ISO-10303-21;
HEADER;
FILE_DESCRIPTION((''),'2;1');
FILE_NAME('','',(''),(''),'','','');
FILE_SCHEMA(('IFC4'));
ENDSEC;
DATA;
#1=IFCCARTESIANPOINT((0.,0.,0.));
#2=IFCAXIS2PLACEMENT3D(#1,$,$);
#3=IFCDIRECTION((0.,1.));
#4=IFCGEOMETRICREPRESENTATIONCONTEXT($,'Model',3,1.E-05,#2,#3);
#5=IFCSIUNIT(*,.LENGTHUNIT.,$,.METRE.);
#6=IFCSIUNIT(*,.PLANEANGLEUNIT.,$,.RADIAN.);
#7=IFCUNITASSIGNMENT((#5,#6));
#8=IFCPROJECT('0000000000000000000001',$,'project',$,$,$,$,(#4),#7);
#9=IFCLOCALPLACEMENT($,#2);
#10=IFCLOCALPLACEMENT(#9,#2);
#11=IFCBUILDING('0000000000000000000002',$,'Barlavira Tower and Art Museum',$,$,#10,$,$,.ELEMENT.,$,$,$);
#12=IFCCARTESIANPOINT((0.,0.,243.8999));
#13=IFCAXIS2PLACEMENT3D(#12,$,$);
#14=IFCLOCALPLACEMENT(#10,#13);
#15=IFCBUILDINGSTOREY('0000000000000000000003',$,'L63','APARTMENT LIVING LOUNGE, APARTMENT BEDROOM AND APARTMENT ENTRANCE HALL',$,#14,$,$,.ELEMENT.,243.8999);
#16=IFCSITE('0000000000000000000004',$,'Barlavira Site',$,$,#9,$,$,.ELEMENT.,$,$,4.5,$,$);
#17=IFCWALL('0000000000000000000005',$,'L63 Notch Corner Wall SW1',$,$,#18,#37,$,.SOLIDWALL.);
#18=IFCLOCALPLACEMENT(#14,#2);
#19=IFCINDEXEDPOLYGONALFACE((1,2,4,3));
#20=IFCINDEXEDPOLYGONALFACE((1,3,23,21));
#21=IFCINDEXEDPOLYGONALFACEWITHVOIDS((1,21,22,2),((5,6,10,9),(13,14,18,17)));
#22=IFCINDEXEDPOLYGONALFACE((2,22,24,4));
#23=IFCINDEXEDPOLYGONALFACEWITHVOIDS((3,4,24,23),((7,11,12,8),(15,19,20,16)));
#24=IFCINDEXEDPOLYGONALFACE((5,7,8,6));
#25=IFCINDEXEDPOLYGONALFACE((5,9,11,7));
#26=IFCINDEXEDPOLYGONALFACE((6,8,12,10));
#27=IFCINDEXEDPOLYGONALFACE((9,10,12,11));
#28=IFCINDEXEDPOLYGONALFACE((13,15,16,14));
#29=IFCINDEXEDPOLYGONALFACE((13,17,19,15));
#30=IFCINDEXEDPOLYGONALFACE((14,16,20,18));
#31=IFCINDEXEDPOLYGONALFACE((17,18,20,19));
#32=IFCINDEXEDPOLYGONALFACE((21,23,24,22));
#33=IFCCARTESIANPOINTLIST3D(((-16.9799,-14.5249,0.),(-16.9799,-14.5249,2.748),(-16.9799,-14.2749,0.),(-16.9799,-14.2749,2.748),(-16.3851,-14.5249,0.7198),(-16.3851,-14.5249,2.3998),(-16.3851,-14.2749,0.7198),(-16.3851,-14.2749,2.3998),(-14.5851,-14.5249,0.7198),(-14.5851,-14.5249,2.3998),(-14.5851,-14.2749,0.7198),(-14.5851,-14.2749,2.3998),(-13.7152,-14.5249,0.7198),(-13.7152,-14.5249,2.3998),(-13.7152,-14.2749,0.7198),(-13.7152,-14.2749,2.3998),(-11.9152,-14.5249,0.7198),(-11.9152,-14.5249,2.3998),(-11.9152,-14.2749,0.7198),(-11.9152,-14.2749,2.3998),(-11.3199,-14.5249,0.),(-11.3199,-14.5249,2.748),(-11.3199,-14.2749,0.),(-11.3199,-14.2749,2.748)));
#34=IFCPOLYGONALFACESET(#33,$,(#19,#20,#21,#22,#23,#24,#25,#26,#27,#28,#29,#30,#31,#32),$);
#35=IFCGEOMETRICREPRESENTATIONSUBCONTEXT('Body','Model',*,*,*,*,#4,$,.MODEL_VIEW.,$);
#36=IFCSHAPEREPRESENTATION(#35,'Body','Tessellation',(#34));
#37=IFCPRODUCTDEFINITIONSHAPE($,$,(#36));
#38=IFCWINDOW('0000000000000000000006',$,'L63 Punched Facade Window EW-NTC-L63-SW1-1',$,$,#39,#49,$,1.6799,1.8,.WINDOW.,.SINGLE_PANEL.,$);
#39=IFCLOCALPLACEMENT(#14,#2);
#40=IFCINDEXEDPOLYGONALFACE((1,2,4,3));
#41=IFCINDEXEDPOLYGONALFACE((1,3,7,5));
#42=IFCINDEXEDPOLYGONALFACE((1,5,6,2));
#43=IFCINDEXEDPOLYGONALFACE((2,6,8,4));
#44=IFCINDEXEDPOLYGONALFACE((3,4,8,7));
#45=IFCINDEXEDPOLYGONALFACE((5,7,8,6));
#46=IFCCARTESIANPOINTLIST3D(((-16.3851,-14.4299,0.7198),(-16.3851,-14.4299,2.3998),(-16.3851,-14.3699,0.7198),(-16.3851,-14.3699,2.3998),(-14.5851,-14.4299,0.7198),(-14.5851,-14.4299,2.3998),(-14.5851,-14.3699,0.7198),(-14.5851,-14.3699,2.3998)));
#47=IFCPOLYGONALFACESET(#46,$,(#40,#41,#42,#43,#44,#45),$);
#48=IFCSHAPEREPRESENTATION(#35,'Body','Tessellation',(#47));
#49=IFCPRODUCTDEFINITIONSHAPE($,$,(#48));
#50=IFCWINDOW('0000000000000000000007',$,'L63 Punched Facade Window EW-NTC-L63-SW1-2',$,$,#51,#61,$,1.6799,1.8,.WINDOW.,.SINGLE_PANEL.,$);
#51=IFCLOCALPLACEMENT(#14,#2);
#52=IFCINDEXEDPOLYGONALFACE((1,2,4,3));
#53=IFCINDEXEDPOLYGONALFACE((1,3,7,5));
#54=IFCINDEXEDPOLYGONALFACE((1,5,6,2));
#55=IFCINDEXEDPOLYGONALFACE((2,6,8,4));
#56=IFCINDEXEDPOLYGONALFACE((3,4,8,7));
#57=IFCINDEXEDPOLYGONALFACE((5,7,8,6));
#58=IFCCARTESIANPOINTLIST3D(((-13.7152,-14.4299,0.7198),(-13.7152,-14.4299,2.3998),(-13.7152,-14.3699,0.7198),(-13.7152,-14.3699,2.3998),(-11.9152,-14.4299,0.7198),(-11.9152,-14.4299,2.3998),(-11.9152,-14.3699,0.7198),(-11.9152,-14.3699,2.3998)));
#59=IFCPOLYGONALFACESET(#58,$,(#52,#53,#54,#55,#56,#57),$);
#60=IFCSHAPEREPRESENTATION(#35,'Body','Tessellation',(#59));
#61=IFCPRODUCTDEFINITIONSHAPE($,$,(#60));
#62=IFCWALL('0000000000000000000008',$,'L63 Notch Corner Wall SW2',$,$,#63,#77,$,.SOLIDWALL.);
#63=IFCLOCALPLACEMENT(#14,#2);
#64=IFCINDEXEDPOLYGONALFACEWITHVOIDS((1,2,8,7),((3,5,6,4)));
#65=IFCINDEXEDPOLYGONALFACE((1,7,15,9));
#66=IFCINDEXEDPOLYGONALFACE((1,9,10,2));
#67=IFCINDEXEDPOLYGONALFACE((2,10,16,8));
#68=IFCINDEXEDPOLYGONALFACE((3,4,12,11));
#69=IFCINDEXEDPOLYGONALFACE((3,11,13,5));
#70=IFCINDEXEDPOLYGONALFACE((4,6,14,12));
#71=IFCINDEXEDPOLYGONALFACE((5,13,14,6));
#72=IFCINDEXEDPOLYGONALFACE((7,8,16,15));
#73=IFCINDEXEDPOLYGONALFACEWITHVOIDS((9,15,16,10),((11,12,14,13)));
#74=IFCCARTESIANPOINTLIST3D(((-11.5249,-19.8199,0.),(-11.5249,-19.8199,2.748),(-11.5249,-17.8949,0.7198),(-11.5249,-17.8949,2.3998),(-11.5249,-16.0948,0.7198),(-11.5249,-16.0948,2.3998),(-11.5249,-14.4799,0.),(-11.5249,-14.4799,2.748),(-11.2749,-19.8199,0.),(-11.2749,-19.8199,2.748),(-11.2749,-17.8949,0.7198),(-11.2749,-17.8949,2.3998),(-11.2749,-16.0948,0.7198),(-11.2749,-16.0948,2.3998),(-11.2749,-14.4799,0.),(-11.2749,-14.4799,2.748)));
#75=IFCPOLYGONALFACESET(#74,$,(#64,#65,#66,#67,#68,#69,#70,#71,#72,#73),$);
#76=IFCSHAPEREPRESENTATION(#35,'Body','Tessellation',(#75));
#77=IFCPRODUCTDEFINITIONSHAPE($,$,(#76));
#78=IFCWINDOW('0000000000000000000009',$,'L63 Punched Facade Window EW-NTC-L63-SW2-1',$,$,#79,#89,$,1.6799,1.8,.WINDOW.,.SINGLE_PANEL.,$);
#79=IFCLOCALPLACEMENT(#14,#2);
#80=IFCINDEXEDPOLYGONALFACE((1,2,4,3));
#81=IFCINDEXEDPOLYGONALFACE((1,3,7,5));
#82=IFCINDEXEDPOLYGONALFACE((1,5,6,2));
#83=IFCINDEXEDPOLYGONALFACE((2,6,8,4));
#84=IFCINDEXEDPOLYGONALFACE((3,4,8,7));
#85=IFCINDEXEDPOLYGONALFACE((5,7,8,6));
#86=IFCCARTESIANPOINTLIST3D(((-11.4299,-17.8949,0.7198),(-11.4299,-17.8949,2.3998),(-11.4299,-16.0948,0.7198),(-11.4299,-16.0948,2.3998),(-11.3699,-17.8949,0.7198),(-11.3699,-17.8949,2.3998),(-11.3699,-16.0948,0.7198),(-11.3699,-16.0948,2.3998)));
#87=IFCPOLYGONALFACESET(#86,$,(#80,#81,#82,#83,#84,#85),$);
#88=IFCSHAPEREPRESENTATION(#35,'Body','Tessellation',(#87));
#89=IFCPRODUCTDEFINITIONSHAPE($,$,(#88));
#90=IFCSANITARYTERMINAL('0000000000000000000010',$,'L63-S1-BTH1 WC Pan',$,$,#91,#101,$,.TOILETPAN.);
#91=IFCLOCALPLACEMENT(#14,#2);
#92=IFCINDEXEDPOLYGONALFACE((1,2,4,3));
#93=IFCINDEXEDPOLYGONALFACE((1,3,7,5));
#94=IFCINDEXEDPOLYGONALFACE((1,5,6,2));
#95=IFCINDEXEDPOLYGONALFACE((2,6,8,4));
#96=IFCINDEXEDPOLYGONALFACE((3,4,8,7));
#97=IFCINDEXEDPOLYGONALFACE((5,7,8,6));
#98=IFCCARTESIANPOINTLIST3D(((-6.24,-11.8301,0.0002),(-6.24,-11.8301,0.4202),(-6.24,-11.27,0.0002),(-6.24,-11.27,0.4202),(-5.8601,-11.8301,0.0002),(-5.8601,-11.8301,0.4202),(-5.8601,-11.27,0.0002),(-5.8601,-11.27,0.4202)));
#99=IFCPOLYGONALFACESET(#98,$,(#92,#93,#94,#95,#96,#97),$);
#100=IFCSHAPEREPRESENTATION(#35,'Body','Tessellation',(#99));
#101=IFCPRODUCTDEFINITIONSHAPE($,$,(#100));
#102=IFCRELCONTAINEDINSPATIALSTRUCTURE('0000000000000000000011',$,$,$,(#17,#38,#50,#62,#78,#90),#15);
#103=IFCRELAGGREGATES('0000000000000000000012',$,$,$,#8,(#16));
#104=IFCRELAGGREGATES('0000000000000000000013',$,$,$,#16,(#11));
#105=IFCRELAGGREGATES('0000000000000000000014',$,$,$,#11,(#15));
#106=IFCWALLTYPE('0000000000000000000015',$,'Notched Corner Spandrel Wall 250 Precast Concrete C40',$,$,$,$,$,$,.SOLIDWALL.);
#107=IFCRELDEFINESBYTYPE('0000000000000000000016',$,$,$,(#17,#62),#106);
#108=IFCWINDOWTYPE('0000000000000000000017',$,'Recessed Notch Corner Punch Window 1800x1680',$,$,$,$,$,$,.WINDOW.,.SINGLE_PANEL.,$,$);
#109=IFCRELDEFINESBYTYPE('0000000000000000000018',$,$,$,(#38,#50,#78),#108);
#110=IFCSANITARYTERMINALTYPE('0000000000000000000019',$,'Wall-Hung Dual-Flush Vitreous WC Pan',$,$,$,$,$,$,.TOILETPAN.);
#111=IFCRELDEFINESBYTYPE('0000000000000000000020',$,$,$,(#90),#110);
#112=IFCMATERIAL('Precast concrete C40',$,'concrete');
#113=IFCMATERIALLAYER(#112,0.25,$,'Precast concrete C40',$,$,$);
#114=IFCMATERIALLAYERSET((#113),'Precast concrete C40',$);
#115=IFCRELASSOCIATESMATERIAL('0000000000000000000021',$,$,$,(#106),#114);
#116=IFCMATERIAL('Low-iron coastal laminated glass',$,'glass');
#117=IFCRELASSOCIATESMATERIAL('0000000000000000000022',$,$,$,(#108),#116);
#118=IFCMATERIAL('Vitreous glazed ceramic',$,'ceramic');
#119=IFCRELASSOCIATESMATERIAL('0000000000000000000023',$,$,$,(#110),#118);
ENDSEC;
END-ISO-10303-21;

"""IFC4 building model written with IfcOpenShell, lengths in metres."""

from ifc_helpers import new_model, si_unit, direction, frame, frame_2d, origin, origin_2d, place, context, subcontext, project, spatial, rectangle, extrude, material, layer, layer_set, type_object, element, fill, save


model = new_model("IFC4")

# Units and contexts
model_context = context("Model", 3, precision=1e-05, world=origin(), true_north=direction((0.0, 1.0)))
body_context = subcontext(model_context, "Body", "Model", "MODEL_VIEW")
ifc_project = project(units=[si_unit("LENGTHUNIT", "METRE"), si_unit("PLANEANGLEUNIT", "RADIAN")], contexts=[model_context])

# Site, building, storey
site_placement = place(None, origin())
site = spatial("IfcSite", under=ifc_project, at=site_placement, Name="Barlavira Site", CompositionType="ELEMENT", RefElevation=4.5)
building_placement = place(site_placement, origin())
building = spatial("IfcBuilding", under=site, at=building_placement, Name="Barlavira Tower and Art Museum", CompositionType="ELEMENT")
storey_placement = place(building_placement, frame((0.0, 0.0, 243.8999)))
storey = spatial("IfcBuildingStorey", under=building, at=storey_placement, Name="L63", Description="APARTMENT LIVING LOUNGE, APARTMENT BEDROOM AND APARTMENT ENTRANCE HALL", CompositionType="ELEMENT", Elevation=243.8999)

# Shared definitions
ifc_material_1 = material(Name="Low-iron coastal laminated glass", Category="glass")

# Shared definitions
ifc_material_2 = material(Name="Precast concrete C40", Category="concrete")
ifc_layer_1 = layer(ifc_material_2, 0.25, Name="Precast concrete C40")
ifc_layer_set_1 = layer_set([ifc_layer_1], Name="Precast concrete C40")
wall_type_1 = type_object("IfcWallType", Name="Notched Corner Spandrel Wall 250 Precast Concrete C40", PredefinedType="SOLIDWALL", material=ifc_layer_set_1)
window_type = type_object("IfcWindowType", Name="Recessed Notch Corner Punch Window 1800x1680", PartitioningType="SINGLE_PANEL", PredefinedType="WINDOW", material=ifc_material_1)

# Wall, openings, windows
wall_1_placement = place(storey_placement, frame((-16.98, -14.3999, 0.0), z_axis=(0.0, 0.0, 1.0), x_axis=(1.0, 0.0, 0.0)))
wall_1 = element("IfcWall", 1, at=wall_1_placement, inside=storey, type_object=wall_type_1, Name="L63 Notch Corner Wall SW1", PredefinedType="SOLIDWALL", context=body_context, shape_type="SweptSolid", body=[
    extrude(rectangle(XDim=5.6599, YDim=0.25, at=frame_2d((2.8301, 0.0))), origin(), (0.0, 0.0, 1.0), 2.748),
])
opening_1_placement = place(wall_1_placement, frame((0.595, 0.0, 0.72)))
opening_1 = element("IfcOpeningElement", 2, at=opening_1_placement, cuts=wall_1, PredefinedType="OPENING", context=body_context, shape_type="SweptSolid", body=[
    extrude(rectangle(XDim=1.8, YDim=1.6799, at=frame_2d((0.8999, 0.8398))), frame((0.0, 0.135, 0.0), z_axis=(0.0, -1.0, 0.0), x_axis=(1.0, 0.0, 0.0)), (0.0, 0.0, 1.0), 0.27),
])
opening_2_placement = place(wall_1_placement, frame((3.2649, 0.0, 0.72)))
opening_2 = element("IfcOpeningElement", 3, at=opening_2_placement, cuts=wall_1, PredefinedType="OPENING", context=body_context, shape_type="SweptSolid", body=[
    extrude(rectangle(XDim=1.8, YDim=1.6799, at=frame_2d((0.8999, 0.8398))), frame((0.0, 0.135, 0.0), z_axis=(0.0, -1.0, 0.0), x_axis=(1.0, 0.0, 0.0)), (0.0, 0.0, 1.0), 0.27),
])
window_1_placement = place(opening_1_placement, origin())
window_1 = element("IfcWindow", 4, at=window_1_placement, inside=storey, type_object=window_type, Name="L63 Punched Facade Window EW-NTC-L63-SW1-1", OverallHeight=1.6799, OverallWidth=1.8, PartitioningType="SINGLE_PANEL", PredefinedType="WINDOW", context=body_context, shape_type="SweptSolid", body=[
    extrude(rectangle(XDim=1.8, YDim=1.6799, at=frame_2d((0.8999, 0.8398))), frame((0.0, 0.03, 0.0), z_axis=(0.0, -1.0, 0.0), x_axis=(1.0, 0.0, 0.0)), (0.0, 0.0, 1.0), 0.0601),
])
fill(opening_1, window_1)
window_2_placement = place(opening_2_placement, origin())
window_2 = element("IfcWindow", 5, at=window_2_placement, inside=storey, type_object=window_type, Name="L63 Punched Facade Window EW-NTC-L63-SW1-2", OverallHeight=1.6799, OverallWidth=1.8, PartitioningType="SINGLE_PANEL", PredefinedType="WINDOW", context=body_context, shape_type="SweptSolid", body=[
    extrude(rectangle(XDim=1.8, YDim=1.6799, at=frame_2d((0.8999, 0.8398))), frame((0.0, 0.03, 0.0), z_axis=(0.0, -1.0, 0.0), x_axis=(1.0, 0.0, 0.0)), (0.0, 0.0, 1.0), 0.0601),
])
fill(opening_2, window_2)

# Wall, opening, window
wall_2_placement = place(storey_placement, frame((-11.3999, -14.48, 0.0), z_axis=(0.0, 0.0, 1.0), x_axis=(0.0, -1.0, 0.0)))
wall_2 = element("IfcWall", 6, at=wall_2_placement, inside=storey, type_object=wall_type_1, Name="L63 Notch Corner Wall SW2", PredefinedType="SOLIDWALL", context=body_context, shape_type="SweptSolid", body=[
    extrude(rectangle(XDim=5.3401, YDim=0.25, at=frame_2d((2.6699, 0.0))), origin(), (0.0, 0.0, 1.0), 2.748),
])
opening_3_placement = place(wall_2_placement, frame((1.615, 0.0, 0.72)))
opening_3 = element("IfcOpeningElement", 7, at=opening_3_placement, cuts=wall_2, PredefinedType="OPENING", context=body_context, shape_type="SweptSolid", body=[
    extrude(rectangle(XDim=1.8, YDim=1.6799, at=frame_2d((0.8999, 0.8398))), frame((0.0, 0.135, 0.0), z_axis=(0.0, -1.0, 0.0), x_axis=(1.0, 0.0, 0.0)), (0.0, 0.0, 1.0), 0.27),
])
window_3_placement = place(opening_3_placement, origin())
window_3 = element("IfcWindow", 8, at=window_3_placement, inside=storey, type_object=window_type, Name="L63 Punched Facade Window EW-NTC-L63-SW2-1", OverallHeight=1.6799, OverallWidth=1.8, PartitioningType="SINGLE_PANEL", PredefinedType="WINDOW", context=body_context, shape_type="SweptSolid", body=[
    extrude(rectangle(XDim=1.8, YDim=1.6799, at=frame_2d((0.8999, 0.8398))), frame((0.0, 0.03, 0.0), z_axis=(0.0, -1.0, 0.0), x_axis=(1.0, 0.0, 0.0)), (0.0, 0.0, 1.0), 0.0601),
])
fill(opening_3, window_3)

# Sanitary terminal
ifc_material_3 = material(Name="Vitreous glazed ceramic", Category="ceramic")
sanitary_terminal_type = type_object("IfcSanitaryTerminalType", Name="Wall-Hung Dual-Flush Vitreous WC Pan", PredefinedType="TOILETPAN", material=ifc_material_3)
sanitary_terminal_placement = place(storey_placement, frame((-6.05, -11.55, 0.0002), z_axis=(0.0, 0.0, 1.0), x_axis=(1.0, 0.0, 0.0)))
element("IfcSanitaryTerminal", 9, at=sanitary_terminal_placement, inside=storey, type_object=sanitary_terminal_type, Name="L63-S1-BTH1 WC Pan", PredefinedType="TOILETPAN", context=body_context, shape_type="SweptSolid", body=[
    extrude(rectangle(XDim=0.3799, YDim=0.5601, at=origin_2d()), origin(), (0.0, 0.0, 1.0), 0.4199),
])

save(model, "model.ifc")
